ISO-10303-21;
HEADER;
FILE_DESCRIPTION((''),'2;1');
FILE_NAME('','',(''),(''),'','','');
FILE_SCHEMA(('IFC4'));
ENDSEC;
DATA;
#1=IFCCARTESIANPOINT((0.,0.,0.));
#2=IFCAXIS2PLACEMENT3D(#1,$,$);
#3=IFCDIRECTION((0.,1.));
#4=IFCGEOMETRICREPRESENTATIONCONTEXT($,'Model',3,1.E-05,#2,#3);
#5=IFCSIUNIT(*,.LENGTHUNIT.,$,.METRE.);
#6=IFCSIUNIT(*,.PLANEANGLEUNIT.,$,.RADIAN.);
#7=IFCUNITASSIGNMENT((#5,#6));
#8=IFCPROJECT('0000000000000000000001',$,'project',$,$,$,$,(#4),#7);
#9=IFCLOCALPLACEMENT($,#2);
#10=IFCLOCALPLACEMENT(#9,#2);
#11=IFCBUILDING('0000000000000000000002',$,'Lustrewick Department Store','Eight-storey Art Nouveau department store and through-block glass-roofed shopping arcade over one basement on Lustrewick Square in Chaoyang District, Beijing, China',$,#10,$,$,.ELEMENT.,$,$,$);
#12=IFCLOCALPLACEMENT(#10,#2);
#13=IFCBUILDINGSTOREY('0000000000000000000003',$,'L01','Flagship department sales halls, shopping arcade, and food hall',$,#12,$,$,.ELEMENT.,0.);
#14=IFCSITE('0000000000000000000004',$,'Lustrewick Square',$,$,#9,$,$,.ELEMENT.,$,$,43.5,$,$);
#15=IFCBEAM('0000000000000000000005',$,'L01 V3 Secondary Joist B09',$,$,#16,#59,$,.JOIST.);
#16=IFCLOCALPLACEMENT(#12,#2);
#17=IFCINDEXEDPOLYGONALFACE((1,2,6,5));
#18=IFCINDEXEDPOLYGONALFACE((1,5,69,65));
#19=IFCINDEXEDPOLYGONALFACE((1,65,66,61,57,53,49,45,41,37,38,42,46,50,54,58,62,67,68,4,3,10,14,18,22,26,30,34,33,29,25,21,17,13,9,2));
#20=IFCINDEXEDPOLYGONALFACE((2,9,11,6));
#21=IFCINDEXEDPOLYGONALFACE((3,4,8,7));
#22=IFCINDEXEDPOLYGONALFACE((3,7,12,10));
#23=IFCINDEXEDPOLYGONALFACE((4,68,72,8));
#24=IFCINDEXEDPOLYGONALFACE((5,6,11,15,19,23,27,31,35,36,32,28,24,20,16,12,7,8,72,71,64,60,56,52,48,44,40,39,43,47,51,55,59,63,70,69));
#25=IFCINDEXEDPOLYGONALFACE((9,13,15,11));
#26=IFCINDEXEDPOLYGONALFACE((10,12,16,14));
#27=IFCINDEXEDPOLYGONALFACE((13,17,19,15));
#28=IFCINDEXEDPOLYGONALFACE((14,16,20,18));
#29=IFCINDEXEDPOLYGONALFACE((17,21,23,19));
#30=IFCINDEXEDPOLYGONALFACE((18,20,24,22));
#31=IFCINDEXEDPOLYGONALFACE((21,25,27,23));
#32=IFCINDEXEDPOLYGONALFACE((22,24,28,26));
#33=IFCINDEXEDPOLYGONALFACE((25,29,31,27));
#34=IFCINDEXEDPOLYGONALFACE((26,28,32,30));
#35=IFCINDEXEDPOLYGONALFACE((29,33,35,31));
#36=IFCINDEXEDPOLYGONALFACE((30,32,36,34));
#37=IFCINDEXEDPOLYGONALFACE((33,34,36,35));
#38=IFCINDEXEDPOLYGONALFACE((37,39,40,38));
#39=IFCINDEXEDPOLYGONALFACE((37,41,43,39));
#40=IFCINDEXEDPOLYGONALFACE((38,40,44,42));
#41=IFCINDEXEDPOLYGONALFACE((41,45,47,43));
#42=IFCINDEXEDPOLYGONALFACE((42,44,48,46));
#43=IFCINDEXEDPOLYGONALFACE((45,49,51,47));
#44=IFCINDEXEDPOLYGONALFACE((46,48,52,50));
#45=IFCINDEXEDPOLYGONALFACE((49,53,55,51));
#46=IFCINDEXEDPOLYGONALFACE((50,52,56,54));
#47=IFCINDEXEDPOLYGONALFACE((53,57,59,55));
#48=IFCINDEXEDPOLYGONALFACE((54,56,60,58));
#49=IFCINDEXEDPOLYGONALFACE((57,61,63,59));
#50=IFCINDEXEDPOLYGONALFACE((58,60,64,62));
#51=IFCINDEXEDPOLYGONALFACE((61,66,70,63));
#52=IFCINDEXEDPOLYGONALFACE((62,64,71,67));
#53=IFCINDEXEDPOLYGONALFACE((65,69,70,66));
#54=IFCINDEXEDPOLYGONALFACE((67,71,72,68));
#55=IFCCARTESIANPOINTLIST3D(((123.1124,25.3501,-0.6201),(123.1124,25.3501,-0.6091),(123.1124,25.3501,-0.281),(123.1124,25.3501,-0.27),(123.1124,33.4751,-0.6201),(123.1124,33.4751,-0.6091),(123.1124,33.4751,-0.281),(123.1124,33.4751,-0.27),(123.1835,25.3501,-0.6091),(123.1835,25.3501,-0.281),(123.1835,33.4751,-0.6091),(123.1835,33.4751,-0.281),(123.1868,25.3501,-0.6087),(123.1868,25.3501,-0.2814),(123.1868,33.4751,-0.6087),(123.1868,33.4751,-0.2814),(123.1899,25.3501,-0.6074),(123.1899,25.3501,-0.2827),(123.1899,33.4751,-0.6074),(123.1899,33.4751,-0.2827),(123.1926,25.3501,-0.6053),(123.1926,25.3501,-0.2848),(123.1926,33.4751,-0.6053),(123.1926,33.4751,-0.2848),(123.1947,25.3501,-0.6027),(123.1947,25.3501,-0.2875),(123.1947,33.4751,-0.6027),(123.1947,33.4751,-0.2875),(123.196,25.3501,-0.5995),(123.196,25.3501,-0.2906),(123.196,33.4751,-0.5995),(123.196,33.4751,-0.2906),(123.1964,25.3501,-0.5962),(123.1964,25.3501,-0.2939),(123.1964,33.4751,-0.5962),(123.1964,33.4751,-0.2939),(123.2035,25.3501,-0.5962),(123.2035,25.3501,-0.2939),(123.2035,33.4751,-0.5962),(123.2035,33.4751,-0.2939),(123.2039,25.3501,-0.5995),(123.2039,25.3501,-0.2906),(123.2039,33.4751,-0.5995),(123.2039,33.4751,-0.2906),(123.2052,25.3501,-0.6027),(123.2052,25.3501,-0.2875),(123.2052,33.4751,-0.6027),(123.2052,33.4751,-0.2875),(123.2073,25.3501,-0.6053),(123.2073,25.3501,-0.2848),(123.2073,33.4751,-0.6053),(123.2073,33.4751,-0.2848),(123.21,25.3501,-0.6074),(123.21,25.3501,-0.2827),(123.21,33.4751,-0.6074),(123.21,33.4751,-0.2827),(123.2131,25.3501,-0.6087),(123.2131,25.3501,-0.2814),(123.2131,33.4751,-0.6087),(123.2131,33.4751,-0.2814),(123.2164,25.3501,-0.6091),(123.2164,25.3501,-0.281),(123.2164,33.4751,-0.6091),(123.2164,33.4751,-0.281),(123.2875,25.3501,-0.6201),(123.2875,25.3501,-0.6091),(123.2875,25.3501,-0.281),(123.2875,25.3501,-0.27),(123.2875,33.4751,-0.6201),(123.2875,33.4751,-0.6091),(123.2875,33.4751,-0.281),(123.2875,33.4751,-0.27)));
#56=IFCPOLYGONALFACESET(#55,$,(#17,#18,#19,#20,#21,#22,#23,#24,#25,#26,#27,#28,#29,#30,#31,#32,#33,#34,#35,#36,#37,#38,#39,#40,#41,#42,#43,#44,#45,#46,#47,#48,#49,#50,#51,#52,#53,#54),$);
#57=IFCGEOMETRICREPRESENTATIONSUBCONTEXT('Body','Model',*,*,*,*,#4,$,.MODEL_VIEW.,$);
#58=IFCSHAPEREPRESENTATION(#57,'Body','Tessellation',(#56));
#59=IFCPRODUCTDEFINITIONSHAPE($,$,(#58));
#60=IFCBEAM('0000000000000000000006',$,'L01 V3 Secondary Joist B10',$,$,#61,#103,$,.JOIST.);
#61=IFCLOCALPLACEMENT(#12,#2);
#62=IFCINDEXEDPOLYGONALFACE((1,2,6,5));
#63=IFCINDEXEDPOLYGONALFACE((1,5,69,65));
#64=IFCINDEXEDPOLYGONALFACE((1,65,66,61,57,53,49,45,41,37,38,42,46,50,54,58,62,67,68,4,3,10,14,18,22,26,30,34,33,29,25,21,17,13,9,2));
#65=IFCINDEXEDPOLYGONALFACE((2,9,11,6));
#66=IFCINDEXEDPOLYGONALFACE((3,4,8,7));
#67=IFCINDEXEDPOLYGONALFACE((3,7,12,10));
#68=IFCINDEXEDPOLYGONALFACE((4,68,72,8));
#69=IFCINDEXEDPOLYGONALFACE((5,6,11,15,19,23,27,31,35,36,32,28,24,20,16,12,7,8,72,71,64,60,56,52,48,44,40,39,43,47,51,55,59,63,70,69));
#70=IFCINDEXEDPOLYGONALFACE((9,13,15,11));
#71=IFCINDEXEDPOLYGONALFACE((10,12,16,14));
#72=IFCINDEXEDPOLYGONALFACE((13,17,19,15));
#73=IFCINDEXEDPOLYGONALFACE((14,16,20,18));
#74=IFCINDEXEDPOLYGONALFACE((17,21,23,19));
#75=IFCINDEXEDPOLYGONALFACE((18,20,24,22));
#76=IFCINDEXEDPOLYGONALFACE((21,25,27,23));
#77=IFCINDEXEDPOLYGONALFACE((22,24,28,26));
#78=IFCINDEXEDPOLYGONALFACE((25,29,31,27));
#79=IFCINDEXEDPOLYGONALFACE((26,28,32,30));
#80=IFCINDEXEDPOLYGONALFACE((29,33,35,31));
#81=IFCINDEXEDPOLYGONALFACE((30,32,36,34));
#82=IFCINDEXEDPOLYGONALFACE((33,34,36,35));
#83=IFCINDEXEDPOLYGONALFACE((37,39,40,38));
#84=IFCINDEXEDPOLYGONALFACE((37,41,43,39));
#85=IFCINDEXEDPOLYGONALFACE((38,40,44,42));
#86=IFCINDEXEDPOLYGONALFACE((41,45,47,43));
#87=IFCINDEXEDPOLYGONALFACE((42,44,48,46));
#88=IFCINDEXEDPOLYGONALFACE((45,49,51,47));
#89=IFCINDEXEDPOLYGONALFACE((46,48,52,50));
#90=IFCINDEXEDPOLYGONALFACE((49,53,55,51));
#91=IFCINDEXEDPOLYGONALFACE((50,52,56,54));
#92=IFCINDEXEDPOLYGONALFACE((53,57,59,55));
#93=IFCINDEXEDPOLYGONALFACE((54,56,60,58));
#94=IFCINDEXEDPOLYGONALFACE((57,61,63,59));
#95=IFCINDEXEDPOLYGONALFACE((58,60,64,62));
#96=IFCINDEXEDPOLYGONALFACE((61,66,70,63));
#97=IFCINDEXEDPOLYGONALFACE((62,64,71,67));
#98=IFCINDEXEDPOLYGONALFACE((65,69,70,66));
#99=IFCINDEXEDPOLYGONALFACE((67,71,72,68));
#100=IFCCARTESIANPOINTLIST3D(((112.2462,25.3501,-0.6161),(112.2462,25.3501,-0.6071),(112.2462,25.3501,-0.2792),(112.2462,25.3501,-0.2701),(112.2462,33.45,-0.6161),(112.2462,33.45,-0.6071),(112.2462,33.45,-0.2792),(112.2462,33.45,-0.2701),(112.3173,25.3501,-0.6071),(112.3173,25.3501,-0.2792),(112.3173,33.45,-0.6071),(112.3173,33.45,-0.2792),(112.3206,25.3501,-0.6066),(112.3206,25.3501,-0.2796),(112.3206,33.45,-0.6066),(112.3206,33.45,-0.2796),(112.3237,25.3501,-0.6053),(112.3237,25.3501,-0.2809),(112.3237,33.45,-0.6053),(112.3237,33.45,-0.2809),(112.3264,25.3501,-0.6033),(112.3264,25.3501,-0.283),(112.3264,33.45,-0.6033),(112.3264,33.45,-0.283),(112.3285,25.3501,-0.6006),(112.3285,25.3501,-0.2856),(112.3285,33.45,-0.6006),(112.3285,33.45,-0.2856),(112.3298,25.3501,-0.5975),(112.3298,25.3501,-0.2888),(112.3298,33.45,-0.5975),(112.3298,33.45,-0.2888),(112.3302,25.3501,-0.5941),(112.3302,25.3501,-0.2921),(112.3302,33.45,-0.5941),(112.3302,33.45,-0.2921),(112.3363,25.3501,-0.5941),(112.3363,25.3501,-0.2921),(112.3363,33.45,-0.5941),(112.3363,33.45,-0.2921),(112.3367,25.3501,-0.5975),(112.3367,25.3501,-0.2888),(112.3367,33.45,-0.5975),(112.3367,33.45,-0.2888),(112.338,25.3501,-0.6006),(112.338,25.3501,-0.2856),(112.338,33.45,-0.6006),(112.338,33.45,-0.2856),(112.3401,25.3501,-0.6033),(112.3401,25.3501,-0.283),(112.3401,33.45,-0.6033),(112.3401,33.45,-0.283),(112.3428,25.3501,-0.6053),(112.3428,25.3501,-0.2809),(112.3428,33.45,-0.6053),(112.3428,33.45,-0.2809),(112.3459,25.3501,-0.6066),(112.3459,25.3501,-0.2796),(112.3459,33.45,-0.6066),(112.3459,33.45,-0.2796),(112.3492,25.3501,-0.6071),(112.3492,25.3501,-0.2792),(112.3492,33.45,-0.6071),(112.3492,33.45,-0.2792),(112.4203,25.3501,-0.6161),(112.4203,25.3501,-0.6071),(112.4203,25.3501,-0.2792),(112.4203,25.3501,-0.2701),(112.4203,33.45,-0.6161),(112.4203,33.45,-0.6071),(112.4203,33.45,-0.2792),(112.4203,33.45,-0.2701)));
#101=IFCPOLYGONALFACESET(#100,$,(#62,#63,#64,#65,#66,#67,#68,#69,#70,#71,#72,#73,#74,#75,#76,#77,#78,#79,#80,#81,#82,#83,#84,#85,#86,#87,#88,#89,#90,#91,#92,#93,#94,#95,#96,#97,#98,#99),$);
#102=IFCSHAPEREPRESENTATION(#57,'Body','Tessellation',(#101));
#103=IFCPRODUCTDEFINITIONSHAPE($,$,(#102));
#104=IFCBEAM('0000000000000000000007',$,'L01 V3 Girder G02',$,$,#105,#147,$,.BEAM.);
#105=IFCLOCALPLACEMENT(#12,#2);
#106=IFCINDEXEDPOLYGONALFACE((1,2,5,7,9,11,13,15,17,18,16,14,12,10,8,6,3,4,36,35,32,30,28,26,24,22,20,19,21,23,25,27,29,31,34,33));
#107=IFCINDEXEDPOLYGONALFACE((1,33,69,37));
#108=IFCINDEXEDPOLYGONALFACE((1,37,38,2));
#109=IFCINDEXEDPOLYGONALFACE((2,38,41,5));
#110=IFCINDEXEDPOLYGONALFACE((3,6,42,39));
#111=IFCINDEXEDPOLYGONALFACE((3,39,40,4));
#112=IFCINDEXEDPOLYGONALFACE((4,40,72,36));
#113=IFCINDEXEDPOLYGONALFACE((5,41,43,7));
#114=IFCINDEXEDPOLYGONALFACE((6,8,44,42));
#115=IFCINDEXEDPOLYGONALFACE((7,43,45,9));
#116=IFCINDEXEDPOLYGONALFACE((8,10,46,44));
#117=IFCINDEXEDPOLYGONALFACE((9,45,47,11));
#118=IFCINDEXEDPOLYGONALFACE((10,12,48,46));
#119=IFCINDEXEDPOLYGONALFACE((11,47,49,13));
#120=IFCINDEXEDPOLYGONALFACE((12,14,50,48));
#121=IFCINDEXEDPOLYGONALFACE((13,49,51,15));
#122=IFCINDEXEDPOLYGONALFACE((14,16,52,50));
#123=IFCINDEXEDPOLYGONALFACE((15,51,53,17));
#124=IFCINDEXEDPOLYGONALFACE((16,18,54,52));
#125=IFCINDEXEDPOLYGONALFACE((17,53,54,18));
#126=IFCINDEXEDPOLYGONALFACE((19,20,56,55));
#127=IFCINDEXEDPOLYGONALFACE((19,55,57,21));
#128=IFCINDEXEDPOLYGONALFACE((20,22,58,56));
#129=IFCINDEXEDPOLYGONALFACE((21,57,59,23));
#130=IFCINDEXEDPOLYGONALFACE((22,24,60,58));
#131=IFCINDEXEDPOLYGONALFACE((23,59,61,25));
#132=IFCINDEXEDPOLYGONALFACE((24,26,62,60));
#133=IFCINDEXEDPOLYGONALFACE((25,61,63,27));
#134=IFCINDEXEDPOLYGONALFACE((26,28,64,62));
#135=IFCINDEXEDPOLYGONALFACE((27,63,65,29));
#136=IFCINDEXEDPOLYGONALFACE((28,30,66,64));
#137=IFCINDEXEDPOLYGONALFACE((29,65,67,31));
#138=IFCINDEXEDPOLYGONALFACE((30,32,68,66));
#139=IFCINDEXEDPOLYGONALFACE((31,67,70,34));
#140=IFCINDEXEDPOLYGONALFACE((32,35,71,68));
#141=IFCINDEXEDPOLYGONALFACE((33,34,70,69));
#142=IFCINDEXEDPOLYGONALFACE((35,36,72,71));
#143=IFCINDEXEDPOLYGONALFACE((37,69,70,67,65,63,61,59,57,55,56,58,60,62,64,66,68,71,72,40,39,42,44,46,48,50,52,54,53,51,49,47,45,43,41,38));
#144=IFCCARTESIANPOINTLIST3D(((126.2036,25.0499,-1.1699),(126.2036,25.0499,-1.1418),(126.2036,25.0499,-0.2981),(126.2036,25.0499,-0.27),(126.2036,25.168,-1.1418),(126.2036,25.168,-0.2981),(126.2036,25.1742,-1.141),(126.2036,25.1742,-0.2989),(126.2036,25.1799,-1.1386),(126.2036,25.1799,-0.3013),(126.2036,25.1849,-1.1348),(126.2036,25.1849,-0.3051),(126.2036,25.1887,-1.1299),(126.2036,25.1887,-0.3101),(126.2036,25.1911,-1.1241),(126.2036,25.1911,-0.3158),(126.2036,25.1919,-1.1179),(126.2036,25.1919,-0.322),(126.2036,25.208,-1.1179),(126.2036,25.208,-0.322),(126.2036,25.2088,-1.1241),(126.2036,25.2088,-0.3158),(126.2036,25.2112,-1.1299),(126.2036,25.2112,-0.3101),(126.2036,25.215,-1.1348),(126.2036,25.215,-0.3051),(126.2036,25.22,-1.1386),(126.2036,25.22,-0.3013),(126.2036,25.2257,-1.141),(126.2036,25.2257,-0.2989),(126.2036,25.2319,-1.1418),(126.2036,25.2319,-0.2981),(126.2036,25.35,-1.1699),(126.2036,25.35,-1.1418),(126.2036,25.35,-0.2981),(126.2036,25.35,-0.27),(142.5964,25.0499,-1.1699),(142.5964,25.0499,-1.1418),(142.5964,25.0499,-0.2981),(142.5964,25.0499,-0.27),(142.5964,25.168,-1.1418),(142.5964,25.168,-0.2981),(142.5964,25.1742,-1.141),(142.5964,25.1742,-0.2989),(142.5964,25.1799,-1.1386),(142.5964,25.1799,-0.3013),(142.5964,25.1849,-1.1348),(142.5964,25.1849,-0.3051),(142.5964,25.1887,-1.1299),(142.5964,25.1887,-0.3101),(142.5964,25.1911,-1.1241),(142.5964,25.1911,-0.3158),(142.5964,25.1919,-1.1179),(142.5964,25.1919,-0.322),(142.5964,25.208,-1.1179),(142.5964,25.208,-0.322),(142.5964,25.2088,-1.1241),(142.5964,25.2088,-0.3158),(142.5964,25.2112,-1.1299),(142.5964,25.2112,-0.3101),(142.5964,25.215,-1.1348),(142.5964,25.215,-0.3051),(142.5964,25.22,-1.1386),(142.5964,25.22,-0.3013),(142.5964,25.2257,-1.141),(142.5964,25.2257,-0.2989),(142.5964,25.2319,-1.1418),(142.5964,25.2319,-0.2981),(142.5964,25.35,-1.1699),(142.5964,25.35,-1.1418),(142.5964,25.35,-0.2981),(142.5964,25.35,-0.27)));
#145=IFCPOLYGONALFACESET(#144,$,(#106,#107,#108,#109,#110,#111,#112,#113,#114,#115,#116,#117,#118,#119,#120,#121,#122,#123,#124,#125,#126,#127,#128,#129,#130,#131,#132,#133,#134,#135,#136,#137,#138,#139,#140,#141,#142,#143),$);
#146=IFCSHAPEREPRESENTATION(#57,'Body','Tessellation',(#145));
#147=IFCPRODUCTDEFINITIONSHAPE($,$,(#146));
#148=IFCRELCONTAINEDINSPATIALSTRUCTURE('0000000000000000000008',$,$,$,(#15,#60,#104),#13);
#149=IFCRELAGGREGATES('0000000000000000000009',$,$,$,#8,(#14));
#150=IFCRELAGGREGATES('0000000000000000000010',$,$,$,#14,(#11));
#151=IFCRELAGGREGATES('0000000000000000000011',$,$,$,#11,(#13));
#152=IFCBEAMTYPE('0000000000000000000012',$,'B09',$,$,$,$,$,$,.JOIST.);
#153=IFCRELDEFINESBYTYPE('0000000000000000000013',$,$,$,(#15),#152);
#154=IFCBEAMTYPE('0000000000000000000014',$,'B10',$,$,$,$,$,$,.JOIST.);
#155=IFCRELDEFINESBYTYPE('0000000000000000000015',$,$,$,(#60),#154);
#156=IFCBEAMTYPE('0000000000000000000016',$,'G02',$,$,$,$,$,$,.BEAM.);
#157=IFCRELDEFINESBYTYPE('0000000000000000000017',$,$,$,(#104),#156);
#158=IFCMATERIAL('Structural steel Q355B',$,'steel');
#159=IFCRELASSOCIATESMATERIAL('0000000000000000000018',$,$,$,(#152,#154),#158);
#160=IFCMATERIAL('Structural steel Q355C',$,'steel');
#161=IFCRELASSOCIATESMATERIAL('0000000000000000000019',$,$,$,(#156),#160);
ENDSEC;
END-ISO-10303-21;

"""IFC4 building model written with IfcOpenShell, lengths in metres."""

from ifc_helpers import new_model, si_unit, direction, frame, origin, origin_2d, place, context, subcontext, project, spatial, i_section, extrude, material, material_profile, profile_set, type_object, element, save


model = new_model("IFC4")

# Units and contexts
model_context = context("Model", 3, precision=1e-05, world=origin(), true_north=direction((0.0, 1.0)))
body_context = subcontext(model_context, "Body", "Model", "MODEL_VIEW")
ifc_project = project(units=[si_unit("LENGTHUNIT", "METRE"), si_unit("PLANEANGLEUNIT", "RADIAN")], contexts=[model_context])

# Site, building, storey
site_placement = place(None, origin())
site = spatial("IfcSite", under=ifc_project, at=site_placement, Name="Lustrewick Square", CompositionType="ELEMENT", RefElevation=43.5)
building_placement = place(site_placement, origin())
building = spatial("IfcBuilding", under=site, at=building_placement, Name="Lustrewick Department Store", Description="Eight-storey Art Nouveau department store and through-block glass-roofed shopping arcade over one basement on Lustrewick Square in Chaoyang District, Beijing, China", CompositionType="ELEMENT")
storey_placement = place(building_placement, origin())
storey = spatial("IfcBuildingStorey", under=building, at=storey_placement, Name="L01", Description="Flagship department sales halls, shopping arcade, and food hall", CompositionType="ELEMENT", Elevation=0.0)

# Shared definitions
ifc_material_1 = material(Name="Structural steel Q355C", Category="steel")

# Beams
ifc_material_2 = material(Name="Structural steel Q355B", Category="steel")
ifc_material_profile_1 = material_profile(ifc_material_2, i_section(OverallWidth=0.175, OverallDepth=0.3501, WebThickness=0.0071, FlangeThickness=0.011, FilletRadius=0.0129, at=origin_2d()), Name="HN 350x175x7x11")
ifc_profile_set_1 = profile_set([ifc_material_profile_1], Name="Structural steel Q355B")
beam_type_1 = type_object("IfcBeamType", Name="B09", PredefinedType="JOIST", material=ifc_profile_set_1)
beam_1_placement = place(storey_placement, frame((123.2, 25.3501, -0.4451), z_axis=(0.0, 1.0, 0.0), x_axis=(-1.0, 0.0, 0.0)))
element("IfcBeam", 1, at=beam_1_placement, inside=storey, type_object=beam_type_1, Name="L01 V3 Secondary Joist B09", PredefinedType="JOIST", context=body_context, shape_type="SweptSolid", body=[
    extrude(i_section(OverallWidth=0.175, OverallDepth=0.3501, WebThickness=0.0071, FlangeThickness=0.011, FilletRadius=0.0129, at=origin_2d()), origin(), (0.0, 0.0, 1.0), 8.125),
])
ifc_material_profile_2 = material_profile(ifc_material_2, i_section(OverallWidth=0.1741, OverallDepth=0.3459, WebThickness=0.0061, FlangeThickness=0.009, FilletRadius=0.0129, at=origin_2d()), Name="HN 346x174x6x9")
ifc_profile_set_2 = profile_set([ifc_material_profile_2], Name="Structural steel Q355B")
beam_type_2 = type_object("IfcBeamType", Name="B10", PredefinedType="JOIST", material=ifc_profile_set_2)
beam_2_placement = place(storey_placement, frame((112.3333, 25.3501, -0.4431), z_axis=(0.0, 1.0, 0.0), x_axis=(-1.0, 0.0, 0.0)))
element("IfcBeam", 2, at=beam_2_placement, inside=storey, type_object=beam_type_2, Name="L01 V3 Secondary Joist B10", PredefinedType="JOIST", context=body_context, shape_type="SweptSolid", body=[
    extrude(i_section(OverallWidth=0.1741, OverallDepth=0.3459, WebThickness=0.0061, FlangeThickness=0.009, FilletRadius=0.0129, at=origin_2d()), origin(), (0.0, 0.0, 1.0), 8.0999),
])
ifc_material_profile_3 = material_profile(ifc_material_1, i_section(OverallWidth=0.3, OverallDepth=0.8999, WebThickness=0.0161, FlangeThickness=0.0281, FilletRadius=0.0239, at=origin_2d()), Name="HN 900x300x16x28")
ifc_profile_set_3 = profile_set([ifc_material_profile_3], Name="Structural steel Q355C")
beam_type_3 = type_object("IfcBeamType", Name="G02", PredefinedType="BEAM", material=ifc_profile_set_3)
beam_3_placement = place(storey_placement, frame((126.2036, 25.2, -0.72), z_axis=(1.0, 0.0, 0.0), x_axis=(0.0, 1.0, 0.0)))
element("IfcBeam", 3, at=beam_3_placement, inside=storey, type_object=beam_type_3, Name="L01 V3 Girder G02", PredefinedType="BEAM", context=body_context, shape_type="SweptSolid", body=[
    extrude(i_section(OverallWidth=0.3, OverallDepth=0.8999, WebThickness=0.0161, FlangeThickness=0.0281, FilletRadius=0.0239, at=origin_2d()), origin(), (0.0, 0.0, 1.0), 16.3928),
])

save(model, "model.ifc")
